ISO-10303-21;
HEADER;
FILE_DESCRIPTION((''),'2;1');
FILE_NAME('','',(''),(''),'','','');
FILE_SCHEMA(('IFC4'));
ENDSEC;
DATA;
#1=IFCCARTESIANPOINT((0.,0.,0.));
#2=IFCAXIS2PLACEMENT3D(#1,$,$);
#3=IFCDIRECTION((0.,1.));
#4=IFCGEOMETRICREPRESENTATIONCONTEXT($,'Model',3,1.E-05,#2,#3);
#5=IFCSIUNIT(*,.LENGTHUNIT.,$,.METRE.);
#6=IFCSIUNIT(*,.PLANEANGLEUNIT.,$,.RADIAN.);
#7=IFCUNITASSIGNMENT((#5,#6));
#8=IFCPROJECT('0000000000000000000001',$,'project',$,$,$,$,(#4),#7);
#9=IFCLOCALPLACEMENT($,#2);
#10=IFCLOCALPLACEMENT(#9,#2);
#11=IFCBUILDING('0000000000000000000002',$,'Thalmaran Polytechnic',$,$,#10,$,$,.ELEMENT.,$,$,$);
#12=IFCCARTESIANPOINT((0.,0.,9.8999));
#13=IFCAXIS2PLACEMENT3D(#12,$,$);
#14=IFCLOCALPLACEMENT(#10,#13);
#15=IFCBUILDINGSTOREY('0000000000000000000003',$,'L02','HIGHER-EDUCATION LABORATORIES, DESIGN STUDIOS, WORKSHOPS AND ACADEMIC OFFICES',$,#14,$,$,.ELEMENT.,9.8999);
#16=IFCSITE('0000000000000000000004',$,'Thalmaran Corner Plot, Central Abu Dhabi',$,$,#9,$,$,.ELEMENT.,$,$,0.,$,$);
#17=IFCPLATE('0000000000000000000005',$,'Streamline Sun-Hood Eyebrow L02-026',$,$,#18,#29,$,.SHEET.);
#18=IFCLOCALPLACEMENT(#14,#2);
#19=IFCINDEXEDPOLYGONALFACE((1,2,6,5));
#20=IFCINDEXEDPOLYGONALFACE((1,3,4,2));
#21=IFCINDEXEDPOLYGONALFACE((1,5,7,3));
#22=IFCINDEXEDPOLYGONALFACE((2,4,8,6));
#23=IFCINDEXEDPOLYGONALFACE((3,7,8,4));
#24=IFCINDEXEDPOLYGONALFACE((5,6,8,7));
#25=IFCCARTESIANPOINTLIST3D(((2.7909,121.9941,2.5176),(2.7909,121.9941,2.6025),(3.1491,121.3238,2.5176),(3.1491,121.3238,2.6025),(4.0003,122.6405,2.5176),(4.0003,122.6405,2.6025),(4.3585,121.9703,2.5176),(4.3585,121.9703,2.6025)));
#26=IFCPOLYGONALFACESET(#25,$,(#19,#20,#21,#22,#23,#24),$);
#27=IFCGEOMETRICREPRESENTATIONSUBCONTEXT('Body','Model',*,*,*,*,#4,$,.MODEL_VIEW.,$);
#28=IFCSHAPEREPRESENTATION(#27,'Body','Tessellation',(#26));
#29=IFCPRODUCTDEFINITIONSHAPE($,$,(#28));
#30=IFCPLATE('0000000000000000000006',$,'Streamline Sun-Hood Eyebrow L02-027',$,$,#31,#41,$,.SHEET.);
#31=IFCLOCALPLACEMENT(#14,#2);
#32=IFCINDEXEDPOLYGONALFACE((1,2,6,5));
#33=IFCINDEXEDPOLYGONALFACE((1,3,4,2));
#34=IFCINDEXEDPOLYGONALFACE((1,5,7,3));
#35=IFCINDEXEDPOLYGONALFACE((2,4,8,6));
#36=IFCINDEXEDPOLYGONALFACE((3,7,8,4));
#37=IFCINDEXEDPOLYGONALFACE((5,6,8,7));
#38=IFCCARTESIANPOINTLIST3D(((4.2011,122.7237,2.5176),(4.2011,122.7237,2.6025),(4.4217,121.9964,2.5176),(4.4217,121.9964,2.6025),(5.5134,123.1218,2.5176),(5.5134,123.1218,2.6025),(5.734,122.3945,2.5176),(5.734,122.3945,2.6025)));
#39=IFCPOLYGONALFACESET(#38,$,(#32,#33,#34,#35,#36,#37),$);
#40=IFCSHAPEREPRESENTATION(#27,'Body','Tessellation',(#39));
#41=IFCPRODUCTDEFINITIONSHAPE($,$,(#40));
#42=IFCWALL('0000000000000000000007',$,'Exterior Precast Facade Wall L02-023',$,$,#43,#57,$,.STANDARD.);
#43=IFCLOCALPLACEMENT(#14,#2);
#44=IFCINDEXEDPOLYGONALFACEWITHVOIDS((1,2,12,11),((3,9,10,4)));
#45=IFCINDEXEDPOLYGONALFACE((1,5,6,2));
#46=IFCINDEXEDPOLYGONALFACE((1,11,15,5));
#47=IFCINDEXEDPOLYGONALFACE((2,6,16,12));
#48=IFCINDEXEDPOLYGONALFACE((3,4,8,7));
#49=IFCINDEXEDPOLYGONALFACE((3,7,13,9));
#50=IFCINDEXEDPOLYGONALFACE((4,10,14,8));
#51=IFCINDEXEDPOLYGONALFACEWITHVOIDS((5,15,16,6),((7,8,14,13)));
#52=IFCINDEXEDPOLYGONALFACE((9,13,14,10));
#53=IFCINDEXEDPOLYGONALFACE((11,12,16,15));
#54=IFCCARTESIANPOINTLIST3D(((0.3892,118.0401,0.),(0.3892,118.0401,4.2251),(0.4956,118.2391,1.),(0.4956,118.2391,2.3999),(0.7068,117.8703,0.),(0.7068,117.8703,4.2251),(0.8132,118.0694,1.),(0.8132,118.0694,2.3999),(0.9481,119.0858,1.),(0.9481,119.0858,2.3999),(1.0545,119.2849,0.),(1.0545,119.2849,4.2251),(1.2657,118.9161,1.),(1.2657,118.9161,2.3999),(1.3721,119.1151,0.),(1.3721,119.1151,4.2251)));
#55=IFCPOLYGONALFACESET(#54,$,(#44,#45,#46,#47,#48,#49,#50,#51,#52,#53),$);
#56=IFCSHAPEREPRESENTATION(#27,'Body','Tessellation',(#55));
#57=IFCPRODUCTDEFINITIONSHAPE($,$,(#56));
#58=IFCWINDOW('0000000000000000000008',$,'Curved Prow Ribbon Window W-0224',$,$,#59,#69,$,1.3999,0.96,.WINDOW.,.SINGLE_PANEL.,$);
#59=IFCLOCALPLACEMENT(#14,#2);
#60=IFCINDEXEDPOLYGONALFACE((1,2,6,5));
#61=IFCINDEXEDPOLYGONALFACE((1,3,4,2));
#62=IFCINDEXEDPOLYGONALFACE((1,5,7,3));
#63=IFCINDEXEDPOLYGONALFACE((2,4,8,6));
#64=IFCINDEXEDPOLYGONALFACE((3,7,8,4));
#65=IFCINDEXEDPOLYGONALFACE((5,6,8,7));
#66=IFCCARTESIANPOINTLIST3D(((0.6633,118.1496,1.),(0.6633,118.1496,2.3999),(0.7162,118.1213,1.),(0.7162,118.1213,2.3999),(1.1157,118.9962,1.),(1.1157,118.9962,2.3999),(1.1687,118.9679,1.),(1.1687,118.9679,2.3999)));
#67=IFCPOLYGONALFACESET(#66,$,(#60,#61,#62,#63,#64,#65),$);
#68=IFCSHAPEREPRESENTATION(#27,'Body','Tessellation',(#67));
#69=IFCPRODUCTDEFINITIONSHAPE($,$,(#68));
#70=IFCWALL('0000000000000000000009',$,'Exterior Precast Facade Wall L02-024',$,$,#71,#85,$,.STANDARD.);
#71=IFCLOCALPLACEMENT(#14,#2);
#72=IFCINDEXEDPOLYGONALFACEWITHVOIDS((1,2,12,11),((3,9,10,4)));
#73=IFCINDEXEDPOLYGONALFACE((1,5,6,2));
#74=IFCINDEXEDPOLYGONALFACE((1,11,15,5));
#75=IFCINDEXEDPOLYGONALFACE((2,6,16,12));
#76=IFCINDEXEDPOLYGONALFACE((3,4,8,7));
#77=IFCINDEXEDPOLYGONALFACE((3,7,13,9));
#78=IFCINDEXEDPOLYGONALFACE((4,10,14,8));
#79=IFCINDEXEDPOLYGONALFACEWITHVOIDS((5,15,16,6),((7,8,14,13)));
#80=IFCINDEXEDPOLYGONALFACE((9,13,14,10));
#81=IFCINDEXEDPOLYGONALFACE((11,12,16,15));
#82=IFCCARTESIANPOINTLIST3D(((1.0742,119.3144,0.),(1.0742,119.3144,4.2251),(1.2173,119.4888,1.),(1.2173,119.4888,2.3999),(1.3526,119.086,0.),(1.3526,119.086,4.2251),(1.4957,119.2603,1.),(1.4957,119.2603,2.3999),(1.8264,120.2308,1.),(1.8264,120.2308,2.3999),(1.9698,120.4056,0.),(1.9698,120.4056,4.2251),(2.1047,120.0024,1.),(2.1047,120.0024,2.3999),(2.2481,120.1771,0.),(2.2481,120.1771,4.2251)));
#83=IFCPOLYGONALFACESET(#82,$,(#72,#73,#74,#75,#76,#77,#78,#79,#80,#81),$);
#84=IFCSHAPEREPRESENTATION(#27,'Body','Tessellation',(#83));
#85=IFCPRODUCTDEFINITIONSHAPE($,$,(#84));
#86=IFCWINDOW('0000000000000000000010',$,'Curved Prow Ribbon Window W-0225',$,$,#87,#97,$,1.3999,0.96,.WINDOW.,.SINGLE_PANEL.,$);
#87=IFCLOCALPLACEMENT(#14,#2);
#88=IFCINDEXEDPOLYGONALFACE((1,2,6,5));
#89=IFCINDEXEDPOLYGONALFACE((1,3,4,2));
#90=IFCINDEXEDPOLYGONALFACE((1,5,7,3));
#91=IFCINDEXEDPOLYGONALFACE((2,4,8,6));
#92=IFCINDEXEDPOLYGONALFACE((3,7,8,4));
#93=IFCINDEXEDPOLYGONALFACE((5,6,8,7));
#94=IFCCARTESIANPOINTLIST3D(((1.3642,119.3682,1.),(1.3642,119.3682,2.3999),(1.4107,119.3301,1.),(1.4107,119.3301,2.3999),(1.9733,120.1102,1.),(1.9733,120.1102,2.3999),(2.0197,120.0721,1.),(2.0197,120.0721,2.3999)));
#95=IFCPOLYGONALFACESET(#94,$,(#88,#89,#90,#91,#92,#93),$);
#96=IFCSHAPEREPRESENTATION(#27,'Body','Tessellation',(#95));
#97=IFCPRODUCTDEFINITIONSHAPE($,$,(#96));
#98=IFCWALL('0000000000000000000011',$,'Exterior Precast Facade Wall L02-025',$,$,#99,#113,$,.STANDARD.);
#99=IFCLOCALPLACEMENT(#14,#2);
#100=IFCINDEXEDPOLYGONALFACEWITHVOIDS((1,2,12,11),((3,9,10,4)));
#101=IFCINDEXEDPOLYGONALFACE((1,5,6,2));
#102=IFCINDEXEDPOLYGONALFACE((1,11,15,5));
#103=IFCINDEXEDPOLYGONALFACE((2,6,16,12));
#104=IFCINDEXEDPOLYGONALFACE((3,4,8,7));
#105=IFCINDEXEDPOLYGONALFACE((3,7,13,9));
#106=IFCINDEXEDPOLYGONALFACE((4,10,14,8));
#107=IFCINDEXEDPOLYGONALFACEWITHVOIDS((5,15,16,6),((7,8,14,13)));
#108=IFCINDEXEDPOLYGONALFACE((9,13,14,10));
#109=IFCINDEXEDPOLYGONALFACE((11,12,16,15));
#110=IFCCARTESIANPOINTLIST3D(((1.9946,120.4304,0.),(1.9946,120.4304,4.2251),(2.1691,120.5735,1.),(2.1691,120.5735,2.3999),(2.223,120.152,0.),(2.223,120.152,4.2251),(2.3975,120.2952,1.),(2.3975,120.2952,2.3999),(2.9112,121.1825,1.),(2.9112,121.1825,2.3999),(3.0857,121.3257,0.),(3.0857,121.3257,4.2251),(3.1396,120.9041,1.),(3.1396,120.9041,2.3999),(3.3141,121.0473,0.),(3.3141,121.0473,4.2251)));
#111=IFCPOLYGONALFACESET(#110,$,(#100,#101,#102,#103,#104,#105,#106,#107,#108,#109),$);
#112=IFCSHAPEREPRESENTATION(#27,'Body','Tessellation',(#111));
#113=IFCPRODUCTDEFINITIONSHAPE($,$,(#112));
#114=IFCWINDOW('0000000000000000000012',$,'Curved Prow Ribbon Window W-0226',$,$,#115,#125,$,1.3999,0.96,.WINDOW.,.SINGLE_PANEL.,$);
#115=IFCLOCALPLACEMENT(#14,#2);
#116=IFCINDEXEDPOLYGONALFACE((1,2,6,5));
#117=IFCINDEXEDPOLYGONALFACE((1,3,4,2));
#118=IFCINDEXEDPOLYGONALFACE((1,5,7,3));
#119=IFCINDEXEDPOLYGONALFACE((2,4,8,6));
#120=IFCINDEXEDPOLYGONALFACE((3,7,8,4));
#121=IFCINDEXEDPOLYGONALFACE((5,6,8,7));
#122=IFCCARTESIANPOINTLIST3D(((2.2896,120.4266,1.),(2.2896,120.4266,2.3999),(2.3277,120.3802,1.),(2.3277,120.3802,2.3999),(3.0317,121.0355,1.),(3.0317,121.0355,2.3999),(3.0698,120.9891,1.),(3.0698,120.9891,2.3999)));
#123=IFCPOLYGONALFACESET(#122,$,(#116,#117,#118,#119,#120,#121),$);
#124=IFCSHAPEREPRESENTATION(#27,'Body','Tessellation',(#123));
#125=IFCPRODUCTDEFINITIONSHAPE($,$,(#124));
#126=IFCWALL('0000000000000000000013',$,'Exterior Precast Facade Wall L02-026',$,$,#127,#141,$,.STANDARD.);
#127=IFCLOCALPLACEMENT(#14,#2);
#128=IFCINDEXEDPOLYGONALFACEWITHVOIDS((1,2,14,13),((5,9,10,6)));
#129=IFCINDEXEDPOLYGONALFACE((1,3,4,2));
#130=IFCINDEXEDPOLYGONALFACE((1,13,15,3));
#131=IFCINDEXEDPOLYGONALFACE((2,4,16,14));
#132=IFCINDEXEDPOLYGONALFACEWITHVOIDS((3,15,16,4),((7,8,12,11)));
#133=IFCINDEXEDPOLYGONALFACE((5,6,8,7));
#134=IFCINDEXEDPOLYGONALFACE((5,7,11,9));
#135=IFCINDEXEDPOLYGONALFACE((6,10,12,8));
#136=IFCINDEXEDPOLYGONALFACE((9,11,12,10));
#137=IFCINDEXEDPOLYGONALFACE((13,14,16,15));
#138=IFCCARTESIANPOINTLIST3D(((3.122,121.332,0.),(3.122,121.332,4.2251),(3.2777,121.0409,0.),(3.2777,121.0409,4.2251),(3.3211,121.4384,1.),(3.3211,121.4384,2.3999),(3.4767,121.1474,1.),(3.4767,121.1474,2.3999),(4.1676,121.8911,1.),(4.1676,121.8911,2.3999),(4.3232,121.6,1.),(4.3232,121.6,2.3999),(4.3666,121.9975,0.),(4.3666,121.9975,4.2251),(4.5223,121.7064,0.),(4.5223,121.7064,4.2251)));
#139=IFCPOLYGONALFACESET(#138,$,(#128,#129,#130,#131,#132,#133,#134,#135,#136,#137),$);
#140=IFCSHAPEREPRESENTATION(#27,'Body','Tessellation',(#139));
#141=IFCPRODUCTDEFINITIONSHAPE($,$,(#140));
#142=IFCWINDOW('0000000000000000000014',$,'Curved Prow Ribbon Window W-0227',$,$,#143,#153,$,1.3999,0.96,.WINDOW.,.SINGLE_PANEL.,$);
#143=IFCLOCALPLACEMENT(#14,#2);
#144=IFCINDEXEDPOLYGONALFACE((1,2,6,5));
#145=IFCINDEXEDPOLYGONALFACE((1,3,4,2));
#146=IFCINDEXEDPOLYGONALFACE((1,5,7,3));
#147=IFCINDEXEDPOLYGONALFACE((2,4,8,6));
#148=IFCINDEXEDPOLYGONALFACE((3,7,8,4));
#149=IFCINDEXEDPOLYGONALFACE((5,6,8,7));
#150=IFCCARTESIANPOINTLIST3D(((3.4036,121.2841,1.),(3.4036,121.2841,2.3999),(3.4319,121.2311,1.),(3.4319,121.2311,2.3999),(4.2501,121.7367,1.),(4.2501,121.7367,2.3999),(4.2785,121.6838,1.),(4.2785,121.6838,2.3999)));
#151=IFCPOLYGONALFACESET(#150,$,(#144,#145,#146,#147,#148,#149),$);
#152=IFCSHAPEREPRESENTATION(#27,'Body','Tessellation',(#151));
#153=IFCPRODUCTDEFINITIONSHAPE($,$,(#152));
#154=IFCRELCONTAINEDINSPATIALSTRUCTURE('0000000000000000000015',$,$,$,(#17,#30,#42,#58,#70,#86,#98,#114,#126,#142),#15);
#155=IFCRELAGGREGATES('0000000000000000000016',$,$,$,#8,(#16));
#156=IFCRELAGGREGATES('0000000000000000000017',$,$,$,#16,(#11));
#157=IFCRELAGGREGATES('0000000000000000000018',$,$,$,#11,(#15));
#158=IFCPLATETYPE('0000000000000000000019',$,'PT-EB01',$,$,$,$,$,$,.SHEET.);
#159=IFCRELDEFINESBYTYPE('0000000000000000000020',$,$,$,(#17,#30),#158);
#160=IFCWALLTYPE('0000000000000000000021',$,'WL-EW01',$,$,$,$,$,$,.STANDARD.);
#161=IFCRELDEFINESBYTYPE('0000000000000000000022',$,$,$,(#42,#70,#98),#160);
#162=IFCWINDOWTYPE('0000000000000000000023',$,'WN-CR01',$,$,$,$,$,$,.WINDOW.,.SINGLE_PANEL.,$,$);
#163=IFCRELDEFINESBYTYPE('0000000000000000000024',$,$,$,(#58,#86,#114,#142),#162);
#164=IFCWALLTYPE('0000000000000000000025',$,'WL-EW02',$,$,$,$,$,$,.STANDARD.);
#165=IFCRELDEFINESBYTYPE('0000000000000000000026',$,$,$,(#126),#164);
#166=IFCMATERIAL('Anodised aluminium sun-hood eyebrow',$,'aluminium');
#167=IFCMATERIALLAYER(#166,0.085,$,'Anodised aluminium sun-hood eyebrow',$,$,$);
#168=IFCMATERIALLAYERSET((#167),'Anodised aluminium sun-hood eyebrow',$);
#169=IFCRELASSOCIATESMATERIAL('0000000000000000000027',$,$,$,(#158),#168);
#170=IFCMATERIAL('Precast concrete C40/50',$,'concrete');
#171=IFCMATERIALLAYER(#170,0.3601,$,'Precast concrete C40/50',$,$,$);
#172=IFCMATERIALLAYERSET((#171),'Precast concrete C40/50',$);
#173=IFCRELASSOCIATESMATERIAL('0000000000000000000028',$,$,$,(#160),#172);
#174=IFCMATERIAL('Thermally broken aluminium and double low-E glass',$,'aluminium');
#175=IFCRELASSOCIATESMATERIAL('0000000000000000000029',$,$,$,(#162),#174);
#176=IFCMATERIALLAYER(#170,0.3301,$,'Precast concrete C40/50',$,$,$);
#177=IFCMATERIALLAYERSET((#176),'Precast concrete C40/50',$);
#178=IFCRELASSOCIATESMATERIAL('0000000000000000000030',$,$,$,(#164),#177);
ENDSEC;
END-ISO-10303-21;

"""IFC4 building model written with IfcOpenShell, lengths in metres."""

from ifc_helpers import new_model, si_unit, direction, frame, frame_2d, origin, origin_2d, place, context, subcontext, project, spatial, rectangle, extrude, material, layer, layer_set, type_object, element, fill, save


model = new_model("IFC4")

# Units and contexts
model_context = context("Model", 3, precision=1e-05, world=origin(), true_north=direction((0.0, 1.0)))
body_context = subcontext(model_context, "Body", "Model", "MODEL_VIEW")
ifc_project = project(units=[si_unit("LENGTHUNIT", "METRE"), si_unit("PLANEANGLEUNIT", "RADIAN")], contexts=[model_context])

# Site, building, storey
site_placement = place(None, origin())
site = spatial("IfcSite", under=ifc_project, at=site_placement, Name="Thalmaran Corner Plot, Central Abu Dhabi", CompositionType="ELEMENT", RefElevation=0.0)
building_placement = place(site_placement, origin())
building = spatial("IfcBuilding", under=site, at=building_placement, Name="Thalmaran Polytechnic", CompositionType="ELEMENT")
storey_placement = place(building_placement, frame((0.0, 0.0, 9.8999)))
storey = spatial("IfcBuildingStorey", under=building, at=storey_placement, Name="L02", Description="HIGHER-EDUCATION LABORATORIES, DESIGN STUDIOS, WORKSHOPS AND ACADEMIC OFFICES", CompositionType="ELEMENT", Elevation=9.8999)

# Plates
ifc_material_1 = material(Name="Anodised aluminium sun-hood eyebrow", Category="aluminium")
ifc_layer_1 = layer(ifc_material_1, 0.085, Name="Anodised aluminium sun-hood eyebrow")
ifc_layer_set_1 = layer_set([ifc_layer_1], Name="Anodised aluminium sun-hood eyebrow")
plate_type_1 = type_object("IfcPlateType", Name="PT-EB01", PredefinedType="SHEET", material=ifc_layer_set_1)
for number, where, z_axis, x_axis, name in (
    (1, (3.5747, 121.9822, 2.5176), (0.0, 0.0, 1.0), (0.881921, 0.471397, 0.0), "Streamline Sun-Hood Eyebrow L02-026"),
    (2, (4.9675, 122.5591, 2.5176), (0.0, 0.0, 1.0), (0.95694, 0.290285, 0.0), "Streamline Sun-Hood Eyebrow L02-027"),
):
    element("IfcPlate", number, at=place(storey_placement, frame(where, z_axis=z_axis, x_axis=x_axis)), inside=storey, type_object=plate_type_1, Name=name, PredefinedType="SHEET", context=body_context, shape_type="SweptSolid", body=[
        extrude(rectangle(XDim=1.3713, YDim=0.76, at=origin_2d()), origin(), (0.0, 0.0, 1.0), 0.085),
    ])

# Walls, openings, windows
ifc_material_2 = material(Name="Precast concrete C40/50", Category="concrete")
ifc_layer_2 = layer(ifc_material_2, 0.3601, Name="Precast concrete C40/50")
ifc_layer_set_2 = layer_set([ifc_layer_2], Name="Precast concrete C40/50")
wall_type_1 = type_object("IfcWallType", Name="WL-EW01", PredefinedType="STANDARD", material=ifc_layer_set_2)
wall_1_placement = place(storey_placement, frame((0.5481, 117.9553, 0.0), z_axis=(0.0, 0.0, 1.0), x_axis=(0.471333, 0.881955, 0.0)))
wall_1 = element("IfcWall", 3, at=wall_1_placement, inside=storey, type_object=wall_type_1, Name="Exterior Precast Facade Wall L02-023", PredefinedType="STANDARD", context=body_context, shape_type="SweptSolid", body=[
    extrude(rectangle(XDim=1.4114, YDim=0.3601, at=frame_2d((0.7056, 0.0))), origin(), (0.0, 0.0, 1.0), 4.2251),
])
opening_1_placement = place(wall_1_placement, frame((0.2256, 0.0, 1.0)))
opening_1 = element("IfcOpeningElement", 4, at=opening_1_placement, cuts=wall_1, PredefinedType="OPENING", context=body_context, shape_type="SweptSolid", body=[
    extrude(rectangle(XDim=0.96, YDim=1.3999, at=frame_2d((0.48, 0.7))), frame((0.0, 0.1899, 0.0), z_axis=(0.0, -1.0, 0.0), x_axis=(1.0, 0.0, 0.0)), (0.0, 0.0, 1.0), 0.3801),
])
ifc_material_3 = material(Name="Thermally broken aluminium and double low-E glass", Category="aluminium")
window_type = type_object("IfcWindowType", Name="WN-CR01", PartitioningType="SINGLE_PANEL", PredefinedType="WINDOW", material=ifc_material_3)
window_1_placement = place(opening_1_placement, origin())
window_1 = element("IfcWindow", 5, at=window_1_placement, inside=storey, type_object=window_type, Name="Curved Prow Ribbon Window W-0224", OverallHeight=1.3999, OverallWidth=0.96, PartitioningType="SINGLE_PANEL", PredefinedType="WINDOW", context=body_context, shape_type="SweptSolid", body=[
    extrude(rectangle(XDim=0.96, YDim=1.3999, at=frame_2d((0.48, 0.7))), frame((0.0, -0.01, 0.0), z_axis=(0.0, -1.0, 0.0), x_axis=(1.0, 0.0, 0.0)), (0.0, 0.0, 1.0), 0.0601),
])
fill(opening_1, window_1)
wall_2_placement = place(storey_placement, frame((1.2134, 119.2002, 0.0), z_axis=(0.0, 0.0, 1.0), x_axis=(0.634433, 0.772978, 0.0)))
wall_2 = element("IfcWall", 6, at=wall_2_placement, inside=storey, type_object=wall_type_1, Name="Exterior Precast Facade Wall L02-024", PredefinedType="STANDARD", context=body_context, shape_type="SweptSolid", body=[
    extrude(rectangle(XDim=1.4116, YDim=0.3601, at=frame_2d((0.7058, 0.0))), origin(), (0.0, 0.0, 1.0), 4.2251),
])
opening_2_placement = place(wall_2_placement, frame((0.2256, 0.0, 1.0)))
opening_2 = element("IfcOpeningElement", 7, at=opening_2_placement, cuts=wall_2, PredefinedType="OPENING", context=body_context, shape_type="SweptSolid", body=[
    extrude(rectangle(XDim=0.96, YDim=1.3999, at=frame_2d((0.48, 0.7))), frame((0.0, 0.1899, 0.0), z_axis=(0.0, -1.0, 0.0), x_axis=(1.0, 0.0, 0.0)), (0.0, 0.0, 1.0), 0.3801),
])
window_2_placement = place(opening_2_placement, origin())
window_2 = element("IfcWindow", 8, at=window_2_placement, inside=storey, type_object=window_type, Name="Curved Prow Ribbon Window W-0225", OverallHeight=1.3999, OverallWidth=0.96, PartitioningType="SINGLE_PANEL", PredefinedType="WINDOW", context=body_context, shape_type="SweptSolid", body=[
    extrude(rectangle(XDim=0.96, YDim=1.3999, at=frame_2d((0.48, 0.7))), frame((0.0, -0.01, 0.0), z_axis=(0.0, -1.0, 0.0), x_axis=(1.0, 0.0, 0.0)), (0.0, 0.0, 1.0), 0.0601),
])
fill(opening_2, window_2)
wall_3_placement = place(storey_placement, frame((2.1089, 120.2913, 0.0), z_axis=(0.0, 0.0, 1.0), x_axis=(0.773062, 0.63433, 0.0)))
wall_3 = element("IfcWall", 9, at=wall_3_placement, inside=storey, type_object=wall_type_1, Name="Exterior Precast Facade Wall L02-025", PredefinedType="STANDARD", context=body_context, shape_type="SweptSolid", body=[
    extrude(rectangle(XDim=1.4114, YDim=0.3601, at=frame_2d((0.7056, 0.0))), origin(), (0.0, 0.0, 1.0), 4.2251),
])
opening_3_placement = place(wall_3_placement, frame((0.2256, 0.0, 1.0)))
opening_3 = element("IfcOpeningElement", 10, at=opening_3_placement, cuts=wall_3, PredefinedType="OPENING", context=body_context, shape_type="SweptSolid", body=[
    extrude(rectangle(XDim=0.96, YDim=1.3999, at=frame_2d((0.48, 0.7))), frame((0.0, 0.1899, 0.0), z_axis=(0.0, -1.0, 0.0), x_axis=(1.0, 0.0, 0.0)), (0.0, 0.0, 1.0), 0.3801),
])
window_3_placement = place(opening_3_placement, origin())
window_3 = element("IfcWindow", 11, at=window_3_placement, inside=storey, type_object=window_type, Name="Curved Prow Ribbon Window W-0226", OverallHeight=1.3999, OverallWidth=0.96, PartitioningType="SINGLE_PANEL", PredefinedType="WINDOW", context=body_context, shape_type="SweptSolid", body=[
    extrude(rectangle(XDim=0.96, YDim=1.3999, at=frame_2d((0.48, 0.7))), frame((0.0, -0.01, 0.0), z_axis=(0.0, -1.0, 0.0), x_axis=(1.0, 0.0, 0.0)), (0.0, 0.0, 1.0), 0.0601),
])
fill(opening_3, window_3)
ifc_layer_3 = layer(ifc_material_2, 0.3301, Name="Precast concrete C40/50")
ifc_layer_set_3 = layer_set([ifc_layer_3], Name="Precast concrete C40/50")
wall_type_2 = type_object("IfcWallType", Name="WL-EW02", PredefinedType="STANDARD", material=ifc_layer_set_3)
wall_4_placement = place(storey_placement, frame((3.2, 121.1865, 0.0), z_axis=(0.0, 0.0, 1.0), x_axis=(0.881845, 0.47154, 0.0)))
wall_4 = element("IfcWall", 12, at=wall_4_placement, inside=storey, type_object=wall_type_2, Name="Exterior Precast Facade Wall L02-026", PredefinedType="STANDARD", context=body_context, shape_type="SweptSolid", body=[
    extrude(rectangle(XDim=1.4114, YDim=0.3301, at=frame_2d((0.7056, 0.0))), origin(), (0.0, 0.0, 1.0), 4.2251),
])
opening_4_placement = place(wall_4_placement, frame((0.2256, 0.0, 1.0)))
opening_4 = element("IfcOpeningElement", 13, at=opening_4_placement, cuts=wall_4, PredefinedType="OPENING", context=body_context, shape_type="SweptSolid", body=[
    extrude(rectangle(XDim=0.96, YDim=1.3999, at=frame_2d((0.48, 0.7))), frame((0.0, 0.175, 0.0), z_axis=(0.0, -1.0, 0.0), x_axis=(1.0, 0.0, 0.0)), (0.0, 0.0, 1.0), 0.3501),
])
window_4_placement = place(opening_4_placement, origin())
window_4 = element("IfcWindow", 14, at=window_4_placement, inside=storey, type_object=window_type, Name="Curved Prow Ribbon Window W-0227", OverallHeight=1.3999, OverallWidth=0.96, PartitioningType="SINGLE_PANEL", PredefinedType="WINDOW", context=body_context, shape_type="SweptSolid", body=[
    extrude(rectangle(XDim=0.96, YDim=1.3999, at=frame_2d((0.48, 0.7))), frame((0.0, -0.01, 0.0), z_axis=(0.0, -1.0, 0.0), x_axis=(1.0, 0.0, 0.0)), (0.0, 0.0, 1.0), 0.0601),
])
fill(opening_4, window_4)

save(model, "model.ifc")
